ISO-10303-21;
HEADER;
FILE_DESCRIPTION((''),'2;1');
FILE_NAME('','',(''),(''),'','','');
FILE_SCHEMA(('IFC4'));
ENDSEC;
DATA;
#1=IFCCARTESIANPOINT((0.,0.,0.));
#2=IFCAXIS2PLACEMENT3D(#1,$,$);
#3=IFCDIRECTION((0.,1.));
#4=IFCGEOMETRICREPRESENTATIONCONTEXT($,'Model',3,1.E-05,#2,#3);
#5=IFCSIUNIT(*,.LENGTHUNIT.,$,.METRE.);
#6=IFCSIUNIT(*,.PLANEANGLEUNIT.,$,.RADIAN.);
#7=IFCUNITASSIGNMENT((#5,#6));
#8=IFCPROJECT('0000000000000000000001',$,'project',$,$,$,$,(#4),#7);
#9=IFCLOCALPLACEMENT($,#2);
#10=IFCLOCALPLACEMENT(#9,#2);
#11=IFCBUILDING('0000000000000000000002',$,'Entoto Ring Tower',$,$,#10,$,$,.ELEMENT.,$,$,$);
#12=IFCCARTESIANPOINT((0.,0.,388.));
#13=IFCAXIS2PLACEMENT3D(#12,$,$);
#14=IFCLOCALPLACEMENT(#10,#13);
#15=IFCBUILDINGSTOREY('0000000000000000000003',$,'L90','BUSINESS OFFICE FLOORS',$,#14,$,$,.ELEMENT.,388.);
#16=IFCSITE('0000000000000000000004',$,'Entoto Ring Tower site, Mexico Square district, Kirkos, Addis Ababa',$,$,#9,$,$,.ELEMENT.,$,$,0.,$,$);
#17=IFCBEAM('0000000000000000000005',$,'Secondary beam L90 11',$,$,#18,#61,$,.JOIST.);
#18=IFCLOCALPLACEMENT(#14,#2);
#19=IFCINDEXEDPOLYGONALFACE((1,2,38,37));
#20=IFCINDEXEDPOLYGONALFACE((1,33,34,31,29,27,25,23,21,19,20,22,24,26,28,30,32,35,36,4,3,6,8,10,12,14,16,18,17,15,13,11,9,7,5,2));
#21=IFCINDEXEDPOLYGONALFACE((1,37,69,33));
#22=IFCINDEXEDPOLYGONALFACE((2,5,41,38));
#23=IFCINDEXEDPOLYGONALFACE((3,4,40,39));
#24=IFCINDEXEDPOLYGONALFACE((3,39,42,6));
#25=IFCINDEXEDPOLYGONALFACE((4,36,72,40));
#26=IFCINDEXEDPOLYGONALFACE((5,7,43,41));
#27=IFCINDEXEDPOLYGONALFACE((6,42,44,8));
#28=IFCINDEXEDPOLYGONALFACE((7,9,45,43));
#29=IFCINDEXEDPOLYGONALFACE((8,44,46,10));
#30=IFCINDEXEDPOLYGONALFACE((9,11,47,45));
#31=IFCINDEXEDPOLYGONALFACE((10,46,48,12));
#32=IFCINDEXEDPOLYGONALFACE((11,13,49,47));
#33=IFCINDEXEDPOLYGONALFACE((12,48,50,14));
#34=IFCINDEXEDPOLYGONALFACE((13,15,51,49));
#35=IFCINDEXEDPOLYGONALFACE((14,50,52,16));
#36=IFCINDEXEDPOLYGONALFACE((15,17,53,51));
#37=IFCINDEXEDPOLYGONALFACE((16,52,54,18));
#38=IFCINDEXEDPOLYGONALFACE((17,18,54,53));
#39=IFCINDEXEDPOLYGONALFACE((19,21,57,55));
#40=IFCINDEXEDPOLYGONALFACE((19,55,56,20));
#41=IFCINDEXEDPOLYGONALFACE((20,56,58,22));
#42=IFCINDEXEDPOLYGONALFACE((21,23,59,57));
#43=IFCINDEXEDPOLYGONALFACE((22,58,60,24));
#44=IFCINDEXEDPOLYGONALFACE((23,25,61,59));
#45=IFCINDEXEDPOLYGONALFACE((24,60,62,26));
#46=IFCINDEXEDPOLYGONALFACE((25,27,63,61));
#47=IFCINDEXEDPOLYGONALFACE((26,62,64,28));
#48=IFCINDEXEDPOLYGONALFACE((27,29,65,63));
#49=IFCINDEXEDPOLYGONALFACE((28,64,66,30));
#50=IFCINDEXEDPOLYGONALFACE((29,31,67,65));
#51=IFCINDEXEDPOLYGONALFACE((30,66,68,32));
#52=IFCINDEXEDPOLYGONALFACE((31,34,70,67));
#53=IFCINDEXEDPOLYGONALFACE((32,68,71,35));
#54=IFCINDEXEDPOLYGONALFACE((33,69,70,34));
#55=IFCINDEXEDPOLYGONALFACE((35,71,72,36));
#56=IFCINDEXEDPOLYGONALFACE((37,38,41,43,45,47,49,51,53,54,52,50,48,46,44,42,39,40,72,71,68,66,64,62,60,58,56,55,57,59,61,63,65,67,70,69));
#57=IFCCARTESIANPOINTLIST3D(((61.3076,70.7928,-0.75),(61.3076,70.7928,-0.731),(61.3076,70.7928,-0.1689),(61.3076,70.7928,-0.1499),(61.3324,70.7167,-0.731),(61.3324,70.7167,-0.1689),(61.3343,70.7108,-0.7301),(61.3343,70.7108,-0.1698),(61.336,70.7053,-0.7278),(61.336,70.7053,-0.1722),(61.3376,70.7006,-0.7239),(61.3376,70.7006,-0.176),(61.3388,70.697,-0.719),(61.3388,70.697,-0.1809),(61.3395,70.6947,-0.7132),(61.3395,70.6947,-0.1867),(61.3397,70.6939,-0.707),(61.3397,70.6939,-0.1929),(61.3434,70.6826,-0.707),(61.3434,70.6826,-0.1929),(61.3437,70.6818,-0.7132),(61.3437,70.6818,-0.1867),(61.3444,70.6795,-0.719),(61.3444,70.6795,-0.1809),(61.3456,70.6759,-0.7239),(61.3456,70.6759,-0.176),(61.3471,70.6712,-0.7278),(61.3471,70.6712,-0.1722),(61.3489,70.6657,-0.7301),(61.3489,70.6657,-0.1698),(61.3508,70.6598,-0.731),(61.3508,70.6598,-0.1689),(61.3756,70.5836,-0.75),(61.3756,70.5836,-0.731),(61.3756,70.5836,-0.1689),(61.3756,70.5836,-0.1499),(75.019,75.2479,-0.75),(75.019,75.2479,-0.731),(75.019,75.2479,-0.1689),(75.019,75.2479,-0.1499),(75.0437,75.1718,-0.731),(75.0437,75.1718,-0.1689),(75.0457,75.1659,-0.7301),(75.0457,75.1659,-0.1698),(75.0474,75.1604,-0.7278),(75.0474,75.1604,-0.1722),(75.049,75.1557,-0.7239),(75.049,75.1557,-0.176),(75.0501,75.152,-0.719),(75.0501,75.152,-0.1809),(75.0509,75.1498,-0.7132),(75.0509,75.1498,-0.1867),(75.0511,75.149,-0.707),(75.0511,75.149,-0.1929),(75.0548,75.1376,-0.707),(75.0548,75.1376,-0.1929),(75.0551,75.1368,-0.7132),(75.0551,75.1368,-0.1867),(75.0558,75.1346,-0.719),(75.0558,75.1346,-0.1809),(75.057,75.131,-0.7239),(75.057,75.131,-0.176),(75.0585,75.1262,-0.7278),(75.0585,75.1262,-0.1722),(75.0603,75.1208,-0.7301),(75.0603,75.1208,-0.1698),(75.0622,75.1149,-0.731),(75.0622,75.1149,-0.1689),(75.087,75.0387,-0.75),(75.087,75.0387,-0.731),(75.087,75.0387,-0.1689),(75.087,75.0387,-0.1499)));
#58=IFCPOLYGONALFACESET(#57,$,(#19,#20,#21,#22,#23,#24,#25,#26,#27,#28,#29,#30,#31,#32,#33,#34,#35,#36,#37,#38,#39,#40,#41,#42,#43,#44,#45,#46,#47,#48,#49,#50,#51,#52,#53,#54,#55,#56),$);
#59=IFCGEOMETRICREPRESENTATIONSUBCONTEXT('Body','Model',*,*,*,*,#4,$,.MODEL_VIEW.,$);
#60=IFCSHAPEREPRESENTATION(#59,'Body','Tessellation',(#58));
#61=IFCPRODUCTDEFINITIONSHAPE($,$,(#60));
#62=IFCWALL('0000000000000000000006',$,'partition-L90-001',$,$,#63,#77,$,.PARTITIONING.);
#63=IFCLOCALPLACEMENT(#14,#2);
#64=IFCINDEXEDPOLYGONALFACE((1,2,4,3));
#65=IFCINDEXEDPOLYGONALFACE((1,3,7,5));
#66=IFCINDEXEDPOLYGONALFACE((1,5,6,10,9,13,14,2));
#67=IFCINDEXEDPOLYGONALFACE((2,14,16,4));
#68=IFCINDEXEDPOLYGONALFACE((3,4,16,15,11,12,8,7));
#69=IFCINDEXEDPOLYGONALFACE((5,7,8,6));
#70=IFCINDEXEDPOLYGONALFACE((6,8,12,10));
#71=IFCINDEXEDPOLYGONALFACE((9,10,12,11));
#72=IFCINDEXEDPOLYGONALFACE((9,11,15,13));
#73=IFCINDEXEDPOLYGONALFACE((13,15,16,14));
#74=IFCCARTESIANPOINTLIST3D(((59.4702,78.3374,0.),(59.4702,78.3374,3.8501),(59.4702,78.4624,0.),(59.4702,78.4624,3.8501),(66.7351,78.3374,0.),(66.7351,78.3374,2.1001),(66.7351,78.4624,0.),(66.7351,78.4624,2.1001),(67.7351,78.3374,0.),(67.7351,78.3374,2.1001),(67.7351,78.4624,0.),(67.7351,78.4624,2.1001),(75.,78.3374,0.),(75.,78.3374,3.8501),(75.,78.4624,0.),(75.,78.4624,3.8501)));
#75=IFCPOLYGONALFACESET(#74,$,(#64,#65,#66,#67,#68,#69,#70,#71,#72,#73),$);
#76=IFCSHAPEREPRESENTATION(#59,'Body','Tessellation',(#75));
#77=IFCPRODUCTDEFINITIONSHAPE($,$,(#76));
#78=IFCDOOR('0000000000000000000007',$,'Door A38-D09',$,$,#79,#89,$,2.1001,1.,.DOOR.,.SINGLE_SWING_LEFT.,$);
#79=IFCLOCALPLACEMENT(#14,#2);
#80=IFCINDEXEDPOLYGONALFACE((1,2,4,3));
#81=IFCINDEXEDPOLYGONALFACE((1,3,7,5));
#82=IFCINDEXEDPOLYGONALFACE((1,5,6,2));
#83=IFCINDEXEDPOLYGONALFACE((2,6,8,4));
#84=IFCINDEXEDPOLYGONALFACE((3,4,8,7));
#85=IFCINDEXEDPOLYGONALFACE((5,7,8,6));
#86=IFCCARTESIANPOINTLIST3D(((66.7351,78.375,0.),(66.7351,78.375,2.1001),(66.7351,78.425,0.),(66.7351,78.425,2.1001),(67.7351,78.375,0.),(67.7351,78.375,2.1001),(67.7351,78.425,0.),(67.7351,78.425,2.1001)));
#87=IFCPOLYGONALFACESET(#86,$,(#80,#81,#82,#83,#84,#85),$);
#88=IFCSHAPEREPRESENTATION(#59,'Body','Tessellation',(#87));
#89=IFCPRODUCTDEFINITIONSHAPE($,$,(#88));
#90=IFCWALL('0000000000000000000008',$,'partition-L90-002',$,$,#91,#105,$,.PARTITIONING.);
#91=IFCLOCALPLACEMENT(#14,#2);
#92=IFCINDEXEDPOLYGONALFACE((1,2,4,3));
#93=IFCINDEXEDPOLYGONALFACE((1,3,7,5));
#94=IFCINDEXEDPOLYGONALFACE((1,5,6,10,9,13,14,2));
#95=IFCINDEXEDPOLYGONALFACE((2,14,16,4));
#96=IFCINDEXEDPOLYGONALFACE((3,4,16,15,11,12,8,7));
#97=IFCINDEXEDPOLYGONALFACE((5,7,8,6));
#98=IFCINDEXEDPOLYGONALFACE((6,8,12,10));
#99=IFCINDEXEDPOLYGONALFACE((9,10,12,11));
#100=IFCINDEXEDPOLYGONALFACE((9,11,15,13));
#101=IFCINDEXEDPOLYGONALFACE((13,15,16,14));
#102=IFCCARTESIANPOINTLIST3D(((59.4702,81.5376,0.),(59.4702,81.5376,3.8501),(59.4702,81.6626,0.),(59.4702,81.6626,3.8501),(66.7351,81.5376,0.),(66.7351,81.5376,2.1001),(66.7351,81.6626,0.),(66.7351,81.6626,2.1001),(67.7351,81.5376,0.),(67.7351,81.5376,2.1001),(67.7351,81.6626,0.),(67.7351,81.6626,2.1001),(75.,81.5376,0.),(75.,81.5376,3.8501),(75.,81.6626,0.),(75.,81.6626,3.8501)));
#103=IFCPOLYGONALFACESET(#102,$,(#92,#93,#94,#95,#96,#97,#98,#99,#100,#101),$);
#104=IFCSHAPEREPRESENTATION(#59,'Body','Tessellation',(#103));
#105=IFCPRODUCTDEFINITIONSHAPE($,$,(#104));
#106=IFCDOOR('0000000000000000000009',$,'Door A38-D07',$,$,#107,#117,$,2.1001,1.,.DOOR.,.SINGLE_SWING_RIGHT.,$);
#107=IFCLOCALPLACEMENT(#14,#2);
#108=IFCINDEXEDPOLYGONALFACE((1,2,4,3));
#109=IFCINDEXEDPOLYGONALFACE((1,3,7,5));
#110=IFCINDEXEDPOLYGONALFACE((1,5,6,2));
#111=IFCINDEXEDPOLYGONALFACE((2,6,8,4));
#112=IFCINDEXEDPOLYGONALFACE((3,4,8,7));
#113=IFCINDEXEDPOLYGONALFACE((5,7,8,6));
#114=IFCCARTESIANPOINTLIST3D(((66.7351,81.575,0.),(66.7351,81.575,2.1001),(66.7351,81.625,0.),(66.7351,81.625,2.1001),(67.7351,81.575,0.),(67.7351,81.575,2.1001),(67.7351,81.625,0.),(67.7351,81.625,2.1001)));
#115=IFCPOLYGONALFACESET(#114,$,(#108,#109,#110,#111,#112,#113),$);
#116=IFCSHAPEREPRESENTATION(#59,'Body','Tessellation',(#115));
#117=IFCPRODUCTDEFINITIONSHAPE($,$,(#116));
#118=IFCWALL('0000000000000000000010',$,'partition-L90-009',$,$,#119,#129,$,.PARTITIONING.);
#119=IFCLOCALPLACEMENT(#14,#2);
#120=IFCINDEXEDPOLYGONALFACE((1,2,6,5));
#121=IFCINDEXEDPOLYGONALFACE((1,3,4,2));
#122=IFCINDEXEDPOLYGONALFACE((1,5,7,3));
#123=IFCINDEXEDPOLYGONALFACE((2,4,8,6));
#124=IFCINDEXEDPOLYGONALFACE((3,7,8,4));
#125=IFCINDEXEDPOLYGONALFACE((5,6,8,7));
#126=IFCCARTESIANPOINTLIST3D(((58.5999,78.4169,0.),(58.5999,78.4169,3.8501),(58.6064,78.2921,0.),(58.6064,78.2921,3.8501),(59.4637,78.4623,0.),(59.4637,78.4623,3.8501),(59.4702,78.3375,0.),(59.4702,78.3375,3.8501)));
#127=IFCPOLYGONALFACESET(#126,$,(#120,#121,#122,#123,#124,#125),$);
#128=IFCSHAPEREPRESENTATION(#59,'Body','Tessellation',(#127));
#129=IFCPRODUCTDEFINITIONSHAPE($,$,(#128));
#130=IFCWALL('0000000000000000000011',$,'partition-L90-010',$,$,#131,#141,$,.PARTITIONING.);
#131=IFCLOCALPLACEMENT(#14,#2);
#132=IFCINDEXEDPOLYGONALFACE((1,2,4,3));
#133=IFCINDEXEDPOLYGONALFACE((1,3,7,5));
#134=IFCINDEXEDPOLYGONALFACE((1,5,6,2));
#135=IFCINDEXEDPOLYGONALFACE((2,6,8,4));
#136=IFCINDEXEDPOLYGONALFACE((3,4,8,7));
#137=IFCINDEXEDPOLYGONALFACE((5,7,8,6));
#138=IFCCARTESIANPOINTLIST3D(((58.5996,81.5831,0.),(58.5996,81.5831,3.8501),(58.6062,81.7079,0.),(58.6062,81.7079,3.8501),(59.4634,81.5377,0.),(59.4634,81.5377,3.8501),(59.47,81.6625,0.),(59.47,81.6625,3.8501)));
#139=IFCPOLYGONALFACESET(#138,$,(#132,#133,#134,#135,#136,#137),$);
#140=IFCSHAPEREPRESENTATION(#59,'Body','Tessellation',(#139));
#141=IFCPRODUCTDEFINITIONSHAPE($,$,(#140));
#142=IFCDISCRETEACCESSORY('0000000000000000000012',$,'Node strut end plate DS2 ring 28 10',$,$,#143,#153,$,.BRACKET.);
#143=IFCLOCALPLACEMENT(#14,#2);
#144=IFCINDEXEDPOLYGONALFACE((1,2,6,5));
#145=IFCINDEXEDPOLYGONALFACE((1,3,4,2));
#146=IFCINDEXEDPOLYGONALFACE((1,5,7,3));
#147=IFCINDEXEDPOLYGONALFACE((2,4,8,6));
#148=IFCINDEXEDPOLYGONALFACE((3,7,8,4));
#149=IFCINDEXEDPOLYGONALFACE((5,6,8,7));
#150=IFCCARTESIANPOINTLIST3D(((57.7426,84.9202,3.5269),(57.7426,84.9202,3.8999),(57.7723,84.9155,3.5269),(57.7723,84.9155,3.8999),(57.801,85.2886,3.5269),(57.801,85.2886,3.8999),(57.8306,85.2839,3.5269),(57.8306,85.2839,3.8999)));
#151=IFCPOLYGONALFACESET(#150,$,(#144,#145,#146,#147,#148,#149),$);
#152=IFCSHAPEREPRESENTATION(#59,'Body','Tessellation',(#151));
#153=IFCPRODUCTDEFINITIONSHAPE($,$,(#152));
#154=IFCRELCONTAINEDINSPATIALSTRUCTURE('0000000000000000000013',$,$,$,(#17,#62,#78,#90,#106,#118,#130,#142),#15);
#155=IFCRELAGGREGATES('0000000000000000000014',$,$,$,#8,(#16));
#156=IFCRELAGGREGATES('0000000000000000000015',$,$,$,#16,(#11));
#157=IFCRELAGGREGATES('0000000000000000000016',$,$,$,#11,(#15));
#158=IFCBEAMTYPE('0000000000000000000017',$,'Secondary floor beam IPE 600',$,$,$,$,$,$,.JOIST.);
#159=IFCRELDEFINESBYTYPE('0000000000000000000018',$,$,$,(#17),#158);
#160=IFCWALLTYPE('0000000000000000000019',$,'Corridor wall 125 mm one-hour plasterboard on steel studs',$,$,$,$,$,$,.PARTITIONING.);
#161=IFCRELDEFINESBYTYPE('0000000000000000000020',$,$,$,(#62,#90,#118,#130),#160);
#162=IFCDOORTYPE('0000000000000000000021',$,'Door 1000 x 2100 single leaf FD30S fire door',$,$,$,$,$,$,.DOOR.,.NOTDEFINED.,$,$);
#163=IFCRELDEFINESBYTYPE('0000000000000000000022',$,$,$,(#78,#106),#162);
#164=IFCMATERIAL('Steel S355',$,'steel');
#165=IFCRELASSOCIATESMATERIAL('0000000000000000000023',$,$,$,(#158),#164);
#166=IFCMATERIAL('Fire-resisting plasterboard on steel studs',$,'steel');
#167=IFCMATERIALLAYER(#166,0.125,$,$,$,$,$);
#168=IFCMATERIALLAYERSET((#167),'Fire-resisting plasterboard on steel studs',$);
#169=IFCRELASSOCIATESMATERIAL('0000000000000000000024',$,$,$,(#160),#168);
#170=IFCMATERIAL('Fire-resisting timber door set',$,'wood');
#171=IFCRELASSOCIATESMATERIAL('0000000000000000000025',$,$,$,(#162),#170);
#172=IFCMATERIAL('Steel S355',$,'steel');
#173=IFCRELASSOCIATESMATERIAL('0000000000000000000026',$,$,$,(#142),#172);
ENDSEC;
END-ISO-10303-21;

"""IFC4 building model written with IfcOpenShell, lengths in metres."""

from ifc_helpers import new_model, si_unit, direction, frame, frame_2d, origin, origin_2d, place, context, subcontext, project, spatial, rectangle, i_section, extrude, material, layer, layer_set, material_profile, profile_set, type_object, element, fill, save


model = new_model("IFC4")

# Units and contexts
model_context = context("Model", 3, precision=1e-05, world=origin(), true_north=direction((0.0, 1.0)))
body_context = subcontext(model_context, "Body", "Model", "MODEL_VIEW")
ifc_project = project(units=[si_unit("LENGTHUNIT", "METRE"), si_unit("PLANEANGLEUNIT", "RADIAN")], contexts=[model_context])

# Site, building, storey
site_placement = place(None, origin())
site = spatial("IfcSite", under=ifc_project, at=site_placement, Name="Entoto Ring Tower site, Mexico Square district, Kirkos, Addis Ababa", CompositionType="ELEMENT", RefElevation=0.0)
building_placement = place(site_placement, origin())
building = spatial("IfcBuilding", under=site, at=building_placement, Name="Entoto Ring Tower", CompositionType="ELEMENT")
storey_placement = place(building_placement, frame((0.0, 0.0, 388.0)))
storey = spatial("IfcBuildingStorey", under=building, at=storey_placement, Name="L90", Description="BUSINESS OFFICE FLOORS", CompositionType="ELEMENT", Elevation=388.0)

# Beam
ifc_material_1 = material(Name="Steel S355", Category="steel")
ifc_material_profile_1 = material_profile(ifc_material_1, i_section(OverallWidth=0.22, OverallDepth=0.6001, WebThickness=0.012, FlangeThickness=0.019, FilletRadius=0.0239, at=origin_2d()), Name="IPE 600")
ifc_profile_set_1 = profile_set([ifc_material_profile_1], Name="Steel S355")
beam_type_1 = type_object("IfcBeamType", Name="Secondary floor beam IPE 600", PredefinedType="JOIST", material=ifc_profile_set_1)
beam_1_placement = place(storey_placement, frame((75.053, 75.1433, -0.45), z_axis=(-0.951057, -0.309015, 0.0), x_axis=(0.309015, -0.951057, 0.0)))
element("IfcBeam", 1, at=beam_1_placement, inside=storey, type_object=beam_type_1, Name="Secondary beam L90 11", PredefinedType="JOIST", context=body_context, shape_type="SweptSolid", body=[
    extrude(i_section(OverallWidth=0.22, OverallDepth=0.6001, WebThickness=0.012, FlangeThickness=0.019, FilletRadius=0.0239, at=origin_2d()), origin(), (0.0, 0.0, 1.0), 14.417),
])

# Walls, openings, doors
ifc_material_2 = material(Name="Fire-resisting plasterboard on steel studs", Category="steel")
ifc_layer = layer(ifc_material_2, 0.125)
ifc_layer_set = layer_set([ifc_layer], Name="Fire-resisting plasterboard on steel studs")
wall_type = type_object("IfcWallType", Name="Corridor wall 125 mm one-hour plasterboard on steel studs", PredefinedType="PARTITIONING", material=ifc_layer_set)
wall_1_placement = place(storey_placement, frame((59.4702, 78.3999, 0.0), z_axis=(0.0, 0.0, 1.0), x_axis=(1.0, 0.0, 0.0)))
wall_1 = element("IfcWall", 2, at=wall_1_placement, inside=storey, type_object=wall_type, Name="partition-L90-001", PredefinedType="PARTITIONING", context=body_context, shape_type="SweptSolid", body=[
    extrude(rectangle(XDim=15.5298, YDim=0.125, at=frame_2d((7.7649, 0.0))), origin(), (0.0, 0.0, 1.0), 3.8501),
])
opening_1_placement = place(wall_1_placement, frame((7.2649, 0.0, 0.0)))
opening_1 = element("IfcOpeningElement", 3, at=opening_1_placement, cuts=wall_1, PredefinedType="OPENING", context=body_context, shape_type="SweptSolid", body=[
    extrude(rectangle(XDim=1.0, YDim=2.1001, at=frame_2d((0.5, 1.05))), frame((0.0, 0.0725, 0.0), z_axis=(0.0, -1.0, 0.0), x_axis=(1.0, 0.0, 0.0)), (0.0, 0.0, 1.0), 0.145),
])
ifc_material_3 = material(Name="Fire-resisting timber door set", Category="wood")
door_type = type_object("IfcDoorType", Name="Door 1000 x 2100 single leaf FD30S fire door", OperationType="NOTDEFINED", PredefinedType="DOOR", material=ifc_material_3)
door_1_placement = place(opening_1_placement, frame((1.0, 0.0, 0.0), z_axis=(0.0, 0.0, 1.0), x_axis=(-1.0, 0.0, 0.0)))
door_1 = element("IfcDoor", 4, at=door_1_placement, inside=storey, type_object=door_type, Name="Door A38-D09", OperationType="SINGLE_SWING_LEFT", OverallHeight=2.1001, OverallWidth=1.0, PredefinedType="DOOR", context=body_context, shape_type="SweptSolid", body=[
    extrude(rectangle(XDim=1.0, YDim=2.1001, at=frame_2d((0.5, 1.05))), frame((0.0, 0.0249, 0.0), z_axis=(0.0, -1.0, 0.0), x_axis=(1.0, 0.0, 0.0)), (0.0, 0.0, 1.0), 0.05),
])
fill(opening_1, door_1)
wall_2_placement = place(storey_placement, frame((59.4702, 81.6001, 0.0), z_axis=(0.0, 0.0, 1.0), x_axis=(1.0, 0.0, 0.0)))
wall_2 = element("IfcWall", 5, at=wall_2_placement, inside=storey, type_object=wall_type, Name="partition-L90-002", PredefinedType="PARTITIONING", context=body_context, shape_type="SweptSolid", body=[
    extrude(rectangle(XDim=15.5298, YDim=0.125, at=frame_2d((7.7649, 0.0))), origin(), (0.0, 0.0, 1.0), 3.8501),
])
opening_2_placement = place(wall_2_placement, frame((7.2649, 0.0, 0.0)))
opening_2 = element("IfcOpeningElement", 6, at=opening_2_placement, cuts=wall_2, PredefinedType="OPENING", context=body_context, shape_type="SweptSolid", body=[
    extrude(rectangle(XDim=1.0, YDim=2.1001, at=frame_2d((0.5, 1.05))), frame((0.0, 0.0725, 0.0), z_axis=(0.0, -1.0, 0.0), x_axis=(1.0, 0.0, 0.0)), (0.0, 0.0, 1.0), 0.145),
])
door_2_placement = place(opening_2_placement, origin())
door_2 = element("IfcDoor", 7, at=door_2_placement, inside=storey, type_object=door_type, Name="Door A38-D07", OperationType="SINGLE_SWING_RIGHT", OverallHeight=2.1001, OverallWidth=1.0, PredefinedType="DOOR", context=body_context, shape_type="SweptSolid", body=[
    extrude(rectangle(XDim=1.0, YDim=2.1001, at=frame_2d((0.5, 1.05))), frame((0.0, 0.0249, 0.0), z_axis=(0.0, -1.0, 0.0), x_axis=(1.0, 0.0, 0.0)), (0.0, 0.0, 1.0), 0.05),
])
fill(opening_2, door_2)

# Walls
for number, where, z_axis, x_axis, name in (
    (8, (58.603, 78.3545, 0.0), (0.0, 0.0, 1.0), (0.998621, 0.0525, 0.0), "partition-L90-009"),
    (9, (59.4668, 81.6001, 0.0), (0.0, 0.0, 1.0), (-0.998621, 0.0525, 0.0), "partition-L90-010"),
):
    element("IfcWall", number, at=place(storey_placement, frame(where, z_axis=z_axis, x_axis=x_axis)), inside=storey, type_object=wall_type, Name=name, PredefinedType="PARTITIONING", context=body_context, shape_type="SweptSolid", body=[
        extrude(rectangle(XDim=0.865, YDim=0.125, at=frame_2d((0.4326, 0.0))), origin(), (0.0, 0.0, 1.0), 3.8501),
    ])

# Discrete accessory
ifc_material_4 = material(Name="Steel S355", Category="steel")
discrete_accessory_placement = place(storey_placement, frame((57.7866, 85.1021, 3.5269), z_axis=(0.0, 0.0, 1.0), x_axis=(-0.987688, 0.156434, 0.0)))
element("IfcDiscreteAccessory", 10, at=discrete_accessory_placement, inside=storey, material=ifc_material_4, Name="Node strut end plate DS2 ring 28 10", PredefinedType="BRACKET", context=body_context, shape_type="SweptSolid", body=[
    extrude(rectangle(XDim=0.03, YDim=0.373, at=origin_2d()), origin(), (0.0, 0.0, 1.0), 0.373),
])

save(model, "model.ifc")
